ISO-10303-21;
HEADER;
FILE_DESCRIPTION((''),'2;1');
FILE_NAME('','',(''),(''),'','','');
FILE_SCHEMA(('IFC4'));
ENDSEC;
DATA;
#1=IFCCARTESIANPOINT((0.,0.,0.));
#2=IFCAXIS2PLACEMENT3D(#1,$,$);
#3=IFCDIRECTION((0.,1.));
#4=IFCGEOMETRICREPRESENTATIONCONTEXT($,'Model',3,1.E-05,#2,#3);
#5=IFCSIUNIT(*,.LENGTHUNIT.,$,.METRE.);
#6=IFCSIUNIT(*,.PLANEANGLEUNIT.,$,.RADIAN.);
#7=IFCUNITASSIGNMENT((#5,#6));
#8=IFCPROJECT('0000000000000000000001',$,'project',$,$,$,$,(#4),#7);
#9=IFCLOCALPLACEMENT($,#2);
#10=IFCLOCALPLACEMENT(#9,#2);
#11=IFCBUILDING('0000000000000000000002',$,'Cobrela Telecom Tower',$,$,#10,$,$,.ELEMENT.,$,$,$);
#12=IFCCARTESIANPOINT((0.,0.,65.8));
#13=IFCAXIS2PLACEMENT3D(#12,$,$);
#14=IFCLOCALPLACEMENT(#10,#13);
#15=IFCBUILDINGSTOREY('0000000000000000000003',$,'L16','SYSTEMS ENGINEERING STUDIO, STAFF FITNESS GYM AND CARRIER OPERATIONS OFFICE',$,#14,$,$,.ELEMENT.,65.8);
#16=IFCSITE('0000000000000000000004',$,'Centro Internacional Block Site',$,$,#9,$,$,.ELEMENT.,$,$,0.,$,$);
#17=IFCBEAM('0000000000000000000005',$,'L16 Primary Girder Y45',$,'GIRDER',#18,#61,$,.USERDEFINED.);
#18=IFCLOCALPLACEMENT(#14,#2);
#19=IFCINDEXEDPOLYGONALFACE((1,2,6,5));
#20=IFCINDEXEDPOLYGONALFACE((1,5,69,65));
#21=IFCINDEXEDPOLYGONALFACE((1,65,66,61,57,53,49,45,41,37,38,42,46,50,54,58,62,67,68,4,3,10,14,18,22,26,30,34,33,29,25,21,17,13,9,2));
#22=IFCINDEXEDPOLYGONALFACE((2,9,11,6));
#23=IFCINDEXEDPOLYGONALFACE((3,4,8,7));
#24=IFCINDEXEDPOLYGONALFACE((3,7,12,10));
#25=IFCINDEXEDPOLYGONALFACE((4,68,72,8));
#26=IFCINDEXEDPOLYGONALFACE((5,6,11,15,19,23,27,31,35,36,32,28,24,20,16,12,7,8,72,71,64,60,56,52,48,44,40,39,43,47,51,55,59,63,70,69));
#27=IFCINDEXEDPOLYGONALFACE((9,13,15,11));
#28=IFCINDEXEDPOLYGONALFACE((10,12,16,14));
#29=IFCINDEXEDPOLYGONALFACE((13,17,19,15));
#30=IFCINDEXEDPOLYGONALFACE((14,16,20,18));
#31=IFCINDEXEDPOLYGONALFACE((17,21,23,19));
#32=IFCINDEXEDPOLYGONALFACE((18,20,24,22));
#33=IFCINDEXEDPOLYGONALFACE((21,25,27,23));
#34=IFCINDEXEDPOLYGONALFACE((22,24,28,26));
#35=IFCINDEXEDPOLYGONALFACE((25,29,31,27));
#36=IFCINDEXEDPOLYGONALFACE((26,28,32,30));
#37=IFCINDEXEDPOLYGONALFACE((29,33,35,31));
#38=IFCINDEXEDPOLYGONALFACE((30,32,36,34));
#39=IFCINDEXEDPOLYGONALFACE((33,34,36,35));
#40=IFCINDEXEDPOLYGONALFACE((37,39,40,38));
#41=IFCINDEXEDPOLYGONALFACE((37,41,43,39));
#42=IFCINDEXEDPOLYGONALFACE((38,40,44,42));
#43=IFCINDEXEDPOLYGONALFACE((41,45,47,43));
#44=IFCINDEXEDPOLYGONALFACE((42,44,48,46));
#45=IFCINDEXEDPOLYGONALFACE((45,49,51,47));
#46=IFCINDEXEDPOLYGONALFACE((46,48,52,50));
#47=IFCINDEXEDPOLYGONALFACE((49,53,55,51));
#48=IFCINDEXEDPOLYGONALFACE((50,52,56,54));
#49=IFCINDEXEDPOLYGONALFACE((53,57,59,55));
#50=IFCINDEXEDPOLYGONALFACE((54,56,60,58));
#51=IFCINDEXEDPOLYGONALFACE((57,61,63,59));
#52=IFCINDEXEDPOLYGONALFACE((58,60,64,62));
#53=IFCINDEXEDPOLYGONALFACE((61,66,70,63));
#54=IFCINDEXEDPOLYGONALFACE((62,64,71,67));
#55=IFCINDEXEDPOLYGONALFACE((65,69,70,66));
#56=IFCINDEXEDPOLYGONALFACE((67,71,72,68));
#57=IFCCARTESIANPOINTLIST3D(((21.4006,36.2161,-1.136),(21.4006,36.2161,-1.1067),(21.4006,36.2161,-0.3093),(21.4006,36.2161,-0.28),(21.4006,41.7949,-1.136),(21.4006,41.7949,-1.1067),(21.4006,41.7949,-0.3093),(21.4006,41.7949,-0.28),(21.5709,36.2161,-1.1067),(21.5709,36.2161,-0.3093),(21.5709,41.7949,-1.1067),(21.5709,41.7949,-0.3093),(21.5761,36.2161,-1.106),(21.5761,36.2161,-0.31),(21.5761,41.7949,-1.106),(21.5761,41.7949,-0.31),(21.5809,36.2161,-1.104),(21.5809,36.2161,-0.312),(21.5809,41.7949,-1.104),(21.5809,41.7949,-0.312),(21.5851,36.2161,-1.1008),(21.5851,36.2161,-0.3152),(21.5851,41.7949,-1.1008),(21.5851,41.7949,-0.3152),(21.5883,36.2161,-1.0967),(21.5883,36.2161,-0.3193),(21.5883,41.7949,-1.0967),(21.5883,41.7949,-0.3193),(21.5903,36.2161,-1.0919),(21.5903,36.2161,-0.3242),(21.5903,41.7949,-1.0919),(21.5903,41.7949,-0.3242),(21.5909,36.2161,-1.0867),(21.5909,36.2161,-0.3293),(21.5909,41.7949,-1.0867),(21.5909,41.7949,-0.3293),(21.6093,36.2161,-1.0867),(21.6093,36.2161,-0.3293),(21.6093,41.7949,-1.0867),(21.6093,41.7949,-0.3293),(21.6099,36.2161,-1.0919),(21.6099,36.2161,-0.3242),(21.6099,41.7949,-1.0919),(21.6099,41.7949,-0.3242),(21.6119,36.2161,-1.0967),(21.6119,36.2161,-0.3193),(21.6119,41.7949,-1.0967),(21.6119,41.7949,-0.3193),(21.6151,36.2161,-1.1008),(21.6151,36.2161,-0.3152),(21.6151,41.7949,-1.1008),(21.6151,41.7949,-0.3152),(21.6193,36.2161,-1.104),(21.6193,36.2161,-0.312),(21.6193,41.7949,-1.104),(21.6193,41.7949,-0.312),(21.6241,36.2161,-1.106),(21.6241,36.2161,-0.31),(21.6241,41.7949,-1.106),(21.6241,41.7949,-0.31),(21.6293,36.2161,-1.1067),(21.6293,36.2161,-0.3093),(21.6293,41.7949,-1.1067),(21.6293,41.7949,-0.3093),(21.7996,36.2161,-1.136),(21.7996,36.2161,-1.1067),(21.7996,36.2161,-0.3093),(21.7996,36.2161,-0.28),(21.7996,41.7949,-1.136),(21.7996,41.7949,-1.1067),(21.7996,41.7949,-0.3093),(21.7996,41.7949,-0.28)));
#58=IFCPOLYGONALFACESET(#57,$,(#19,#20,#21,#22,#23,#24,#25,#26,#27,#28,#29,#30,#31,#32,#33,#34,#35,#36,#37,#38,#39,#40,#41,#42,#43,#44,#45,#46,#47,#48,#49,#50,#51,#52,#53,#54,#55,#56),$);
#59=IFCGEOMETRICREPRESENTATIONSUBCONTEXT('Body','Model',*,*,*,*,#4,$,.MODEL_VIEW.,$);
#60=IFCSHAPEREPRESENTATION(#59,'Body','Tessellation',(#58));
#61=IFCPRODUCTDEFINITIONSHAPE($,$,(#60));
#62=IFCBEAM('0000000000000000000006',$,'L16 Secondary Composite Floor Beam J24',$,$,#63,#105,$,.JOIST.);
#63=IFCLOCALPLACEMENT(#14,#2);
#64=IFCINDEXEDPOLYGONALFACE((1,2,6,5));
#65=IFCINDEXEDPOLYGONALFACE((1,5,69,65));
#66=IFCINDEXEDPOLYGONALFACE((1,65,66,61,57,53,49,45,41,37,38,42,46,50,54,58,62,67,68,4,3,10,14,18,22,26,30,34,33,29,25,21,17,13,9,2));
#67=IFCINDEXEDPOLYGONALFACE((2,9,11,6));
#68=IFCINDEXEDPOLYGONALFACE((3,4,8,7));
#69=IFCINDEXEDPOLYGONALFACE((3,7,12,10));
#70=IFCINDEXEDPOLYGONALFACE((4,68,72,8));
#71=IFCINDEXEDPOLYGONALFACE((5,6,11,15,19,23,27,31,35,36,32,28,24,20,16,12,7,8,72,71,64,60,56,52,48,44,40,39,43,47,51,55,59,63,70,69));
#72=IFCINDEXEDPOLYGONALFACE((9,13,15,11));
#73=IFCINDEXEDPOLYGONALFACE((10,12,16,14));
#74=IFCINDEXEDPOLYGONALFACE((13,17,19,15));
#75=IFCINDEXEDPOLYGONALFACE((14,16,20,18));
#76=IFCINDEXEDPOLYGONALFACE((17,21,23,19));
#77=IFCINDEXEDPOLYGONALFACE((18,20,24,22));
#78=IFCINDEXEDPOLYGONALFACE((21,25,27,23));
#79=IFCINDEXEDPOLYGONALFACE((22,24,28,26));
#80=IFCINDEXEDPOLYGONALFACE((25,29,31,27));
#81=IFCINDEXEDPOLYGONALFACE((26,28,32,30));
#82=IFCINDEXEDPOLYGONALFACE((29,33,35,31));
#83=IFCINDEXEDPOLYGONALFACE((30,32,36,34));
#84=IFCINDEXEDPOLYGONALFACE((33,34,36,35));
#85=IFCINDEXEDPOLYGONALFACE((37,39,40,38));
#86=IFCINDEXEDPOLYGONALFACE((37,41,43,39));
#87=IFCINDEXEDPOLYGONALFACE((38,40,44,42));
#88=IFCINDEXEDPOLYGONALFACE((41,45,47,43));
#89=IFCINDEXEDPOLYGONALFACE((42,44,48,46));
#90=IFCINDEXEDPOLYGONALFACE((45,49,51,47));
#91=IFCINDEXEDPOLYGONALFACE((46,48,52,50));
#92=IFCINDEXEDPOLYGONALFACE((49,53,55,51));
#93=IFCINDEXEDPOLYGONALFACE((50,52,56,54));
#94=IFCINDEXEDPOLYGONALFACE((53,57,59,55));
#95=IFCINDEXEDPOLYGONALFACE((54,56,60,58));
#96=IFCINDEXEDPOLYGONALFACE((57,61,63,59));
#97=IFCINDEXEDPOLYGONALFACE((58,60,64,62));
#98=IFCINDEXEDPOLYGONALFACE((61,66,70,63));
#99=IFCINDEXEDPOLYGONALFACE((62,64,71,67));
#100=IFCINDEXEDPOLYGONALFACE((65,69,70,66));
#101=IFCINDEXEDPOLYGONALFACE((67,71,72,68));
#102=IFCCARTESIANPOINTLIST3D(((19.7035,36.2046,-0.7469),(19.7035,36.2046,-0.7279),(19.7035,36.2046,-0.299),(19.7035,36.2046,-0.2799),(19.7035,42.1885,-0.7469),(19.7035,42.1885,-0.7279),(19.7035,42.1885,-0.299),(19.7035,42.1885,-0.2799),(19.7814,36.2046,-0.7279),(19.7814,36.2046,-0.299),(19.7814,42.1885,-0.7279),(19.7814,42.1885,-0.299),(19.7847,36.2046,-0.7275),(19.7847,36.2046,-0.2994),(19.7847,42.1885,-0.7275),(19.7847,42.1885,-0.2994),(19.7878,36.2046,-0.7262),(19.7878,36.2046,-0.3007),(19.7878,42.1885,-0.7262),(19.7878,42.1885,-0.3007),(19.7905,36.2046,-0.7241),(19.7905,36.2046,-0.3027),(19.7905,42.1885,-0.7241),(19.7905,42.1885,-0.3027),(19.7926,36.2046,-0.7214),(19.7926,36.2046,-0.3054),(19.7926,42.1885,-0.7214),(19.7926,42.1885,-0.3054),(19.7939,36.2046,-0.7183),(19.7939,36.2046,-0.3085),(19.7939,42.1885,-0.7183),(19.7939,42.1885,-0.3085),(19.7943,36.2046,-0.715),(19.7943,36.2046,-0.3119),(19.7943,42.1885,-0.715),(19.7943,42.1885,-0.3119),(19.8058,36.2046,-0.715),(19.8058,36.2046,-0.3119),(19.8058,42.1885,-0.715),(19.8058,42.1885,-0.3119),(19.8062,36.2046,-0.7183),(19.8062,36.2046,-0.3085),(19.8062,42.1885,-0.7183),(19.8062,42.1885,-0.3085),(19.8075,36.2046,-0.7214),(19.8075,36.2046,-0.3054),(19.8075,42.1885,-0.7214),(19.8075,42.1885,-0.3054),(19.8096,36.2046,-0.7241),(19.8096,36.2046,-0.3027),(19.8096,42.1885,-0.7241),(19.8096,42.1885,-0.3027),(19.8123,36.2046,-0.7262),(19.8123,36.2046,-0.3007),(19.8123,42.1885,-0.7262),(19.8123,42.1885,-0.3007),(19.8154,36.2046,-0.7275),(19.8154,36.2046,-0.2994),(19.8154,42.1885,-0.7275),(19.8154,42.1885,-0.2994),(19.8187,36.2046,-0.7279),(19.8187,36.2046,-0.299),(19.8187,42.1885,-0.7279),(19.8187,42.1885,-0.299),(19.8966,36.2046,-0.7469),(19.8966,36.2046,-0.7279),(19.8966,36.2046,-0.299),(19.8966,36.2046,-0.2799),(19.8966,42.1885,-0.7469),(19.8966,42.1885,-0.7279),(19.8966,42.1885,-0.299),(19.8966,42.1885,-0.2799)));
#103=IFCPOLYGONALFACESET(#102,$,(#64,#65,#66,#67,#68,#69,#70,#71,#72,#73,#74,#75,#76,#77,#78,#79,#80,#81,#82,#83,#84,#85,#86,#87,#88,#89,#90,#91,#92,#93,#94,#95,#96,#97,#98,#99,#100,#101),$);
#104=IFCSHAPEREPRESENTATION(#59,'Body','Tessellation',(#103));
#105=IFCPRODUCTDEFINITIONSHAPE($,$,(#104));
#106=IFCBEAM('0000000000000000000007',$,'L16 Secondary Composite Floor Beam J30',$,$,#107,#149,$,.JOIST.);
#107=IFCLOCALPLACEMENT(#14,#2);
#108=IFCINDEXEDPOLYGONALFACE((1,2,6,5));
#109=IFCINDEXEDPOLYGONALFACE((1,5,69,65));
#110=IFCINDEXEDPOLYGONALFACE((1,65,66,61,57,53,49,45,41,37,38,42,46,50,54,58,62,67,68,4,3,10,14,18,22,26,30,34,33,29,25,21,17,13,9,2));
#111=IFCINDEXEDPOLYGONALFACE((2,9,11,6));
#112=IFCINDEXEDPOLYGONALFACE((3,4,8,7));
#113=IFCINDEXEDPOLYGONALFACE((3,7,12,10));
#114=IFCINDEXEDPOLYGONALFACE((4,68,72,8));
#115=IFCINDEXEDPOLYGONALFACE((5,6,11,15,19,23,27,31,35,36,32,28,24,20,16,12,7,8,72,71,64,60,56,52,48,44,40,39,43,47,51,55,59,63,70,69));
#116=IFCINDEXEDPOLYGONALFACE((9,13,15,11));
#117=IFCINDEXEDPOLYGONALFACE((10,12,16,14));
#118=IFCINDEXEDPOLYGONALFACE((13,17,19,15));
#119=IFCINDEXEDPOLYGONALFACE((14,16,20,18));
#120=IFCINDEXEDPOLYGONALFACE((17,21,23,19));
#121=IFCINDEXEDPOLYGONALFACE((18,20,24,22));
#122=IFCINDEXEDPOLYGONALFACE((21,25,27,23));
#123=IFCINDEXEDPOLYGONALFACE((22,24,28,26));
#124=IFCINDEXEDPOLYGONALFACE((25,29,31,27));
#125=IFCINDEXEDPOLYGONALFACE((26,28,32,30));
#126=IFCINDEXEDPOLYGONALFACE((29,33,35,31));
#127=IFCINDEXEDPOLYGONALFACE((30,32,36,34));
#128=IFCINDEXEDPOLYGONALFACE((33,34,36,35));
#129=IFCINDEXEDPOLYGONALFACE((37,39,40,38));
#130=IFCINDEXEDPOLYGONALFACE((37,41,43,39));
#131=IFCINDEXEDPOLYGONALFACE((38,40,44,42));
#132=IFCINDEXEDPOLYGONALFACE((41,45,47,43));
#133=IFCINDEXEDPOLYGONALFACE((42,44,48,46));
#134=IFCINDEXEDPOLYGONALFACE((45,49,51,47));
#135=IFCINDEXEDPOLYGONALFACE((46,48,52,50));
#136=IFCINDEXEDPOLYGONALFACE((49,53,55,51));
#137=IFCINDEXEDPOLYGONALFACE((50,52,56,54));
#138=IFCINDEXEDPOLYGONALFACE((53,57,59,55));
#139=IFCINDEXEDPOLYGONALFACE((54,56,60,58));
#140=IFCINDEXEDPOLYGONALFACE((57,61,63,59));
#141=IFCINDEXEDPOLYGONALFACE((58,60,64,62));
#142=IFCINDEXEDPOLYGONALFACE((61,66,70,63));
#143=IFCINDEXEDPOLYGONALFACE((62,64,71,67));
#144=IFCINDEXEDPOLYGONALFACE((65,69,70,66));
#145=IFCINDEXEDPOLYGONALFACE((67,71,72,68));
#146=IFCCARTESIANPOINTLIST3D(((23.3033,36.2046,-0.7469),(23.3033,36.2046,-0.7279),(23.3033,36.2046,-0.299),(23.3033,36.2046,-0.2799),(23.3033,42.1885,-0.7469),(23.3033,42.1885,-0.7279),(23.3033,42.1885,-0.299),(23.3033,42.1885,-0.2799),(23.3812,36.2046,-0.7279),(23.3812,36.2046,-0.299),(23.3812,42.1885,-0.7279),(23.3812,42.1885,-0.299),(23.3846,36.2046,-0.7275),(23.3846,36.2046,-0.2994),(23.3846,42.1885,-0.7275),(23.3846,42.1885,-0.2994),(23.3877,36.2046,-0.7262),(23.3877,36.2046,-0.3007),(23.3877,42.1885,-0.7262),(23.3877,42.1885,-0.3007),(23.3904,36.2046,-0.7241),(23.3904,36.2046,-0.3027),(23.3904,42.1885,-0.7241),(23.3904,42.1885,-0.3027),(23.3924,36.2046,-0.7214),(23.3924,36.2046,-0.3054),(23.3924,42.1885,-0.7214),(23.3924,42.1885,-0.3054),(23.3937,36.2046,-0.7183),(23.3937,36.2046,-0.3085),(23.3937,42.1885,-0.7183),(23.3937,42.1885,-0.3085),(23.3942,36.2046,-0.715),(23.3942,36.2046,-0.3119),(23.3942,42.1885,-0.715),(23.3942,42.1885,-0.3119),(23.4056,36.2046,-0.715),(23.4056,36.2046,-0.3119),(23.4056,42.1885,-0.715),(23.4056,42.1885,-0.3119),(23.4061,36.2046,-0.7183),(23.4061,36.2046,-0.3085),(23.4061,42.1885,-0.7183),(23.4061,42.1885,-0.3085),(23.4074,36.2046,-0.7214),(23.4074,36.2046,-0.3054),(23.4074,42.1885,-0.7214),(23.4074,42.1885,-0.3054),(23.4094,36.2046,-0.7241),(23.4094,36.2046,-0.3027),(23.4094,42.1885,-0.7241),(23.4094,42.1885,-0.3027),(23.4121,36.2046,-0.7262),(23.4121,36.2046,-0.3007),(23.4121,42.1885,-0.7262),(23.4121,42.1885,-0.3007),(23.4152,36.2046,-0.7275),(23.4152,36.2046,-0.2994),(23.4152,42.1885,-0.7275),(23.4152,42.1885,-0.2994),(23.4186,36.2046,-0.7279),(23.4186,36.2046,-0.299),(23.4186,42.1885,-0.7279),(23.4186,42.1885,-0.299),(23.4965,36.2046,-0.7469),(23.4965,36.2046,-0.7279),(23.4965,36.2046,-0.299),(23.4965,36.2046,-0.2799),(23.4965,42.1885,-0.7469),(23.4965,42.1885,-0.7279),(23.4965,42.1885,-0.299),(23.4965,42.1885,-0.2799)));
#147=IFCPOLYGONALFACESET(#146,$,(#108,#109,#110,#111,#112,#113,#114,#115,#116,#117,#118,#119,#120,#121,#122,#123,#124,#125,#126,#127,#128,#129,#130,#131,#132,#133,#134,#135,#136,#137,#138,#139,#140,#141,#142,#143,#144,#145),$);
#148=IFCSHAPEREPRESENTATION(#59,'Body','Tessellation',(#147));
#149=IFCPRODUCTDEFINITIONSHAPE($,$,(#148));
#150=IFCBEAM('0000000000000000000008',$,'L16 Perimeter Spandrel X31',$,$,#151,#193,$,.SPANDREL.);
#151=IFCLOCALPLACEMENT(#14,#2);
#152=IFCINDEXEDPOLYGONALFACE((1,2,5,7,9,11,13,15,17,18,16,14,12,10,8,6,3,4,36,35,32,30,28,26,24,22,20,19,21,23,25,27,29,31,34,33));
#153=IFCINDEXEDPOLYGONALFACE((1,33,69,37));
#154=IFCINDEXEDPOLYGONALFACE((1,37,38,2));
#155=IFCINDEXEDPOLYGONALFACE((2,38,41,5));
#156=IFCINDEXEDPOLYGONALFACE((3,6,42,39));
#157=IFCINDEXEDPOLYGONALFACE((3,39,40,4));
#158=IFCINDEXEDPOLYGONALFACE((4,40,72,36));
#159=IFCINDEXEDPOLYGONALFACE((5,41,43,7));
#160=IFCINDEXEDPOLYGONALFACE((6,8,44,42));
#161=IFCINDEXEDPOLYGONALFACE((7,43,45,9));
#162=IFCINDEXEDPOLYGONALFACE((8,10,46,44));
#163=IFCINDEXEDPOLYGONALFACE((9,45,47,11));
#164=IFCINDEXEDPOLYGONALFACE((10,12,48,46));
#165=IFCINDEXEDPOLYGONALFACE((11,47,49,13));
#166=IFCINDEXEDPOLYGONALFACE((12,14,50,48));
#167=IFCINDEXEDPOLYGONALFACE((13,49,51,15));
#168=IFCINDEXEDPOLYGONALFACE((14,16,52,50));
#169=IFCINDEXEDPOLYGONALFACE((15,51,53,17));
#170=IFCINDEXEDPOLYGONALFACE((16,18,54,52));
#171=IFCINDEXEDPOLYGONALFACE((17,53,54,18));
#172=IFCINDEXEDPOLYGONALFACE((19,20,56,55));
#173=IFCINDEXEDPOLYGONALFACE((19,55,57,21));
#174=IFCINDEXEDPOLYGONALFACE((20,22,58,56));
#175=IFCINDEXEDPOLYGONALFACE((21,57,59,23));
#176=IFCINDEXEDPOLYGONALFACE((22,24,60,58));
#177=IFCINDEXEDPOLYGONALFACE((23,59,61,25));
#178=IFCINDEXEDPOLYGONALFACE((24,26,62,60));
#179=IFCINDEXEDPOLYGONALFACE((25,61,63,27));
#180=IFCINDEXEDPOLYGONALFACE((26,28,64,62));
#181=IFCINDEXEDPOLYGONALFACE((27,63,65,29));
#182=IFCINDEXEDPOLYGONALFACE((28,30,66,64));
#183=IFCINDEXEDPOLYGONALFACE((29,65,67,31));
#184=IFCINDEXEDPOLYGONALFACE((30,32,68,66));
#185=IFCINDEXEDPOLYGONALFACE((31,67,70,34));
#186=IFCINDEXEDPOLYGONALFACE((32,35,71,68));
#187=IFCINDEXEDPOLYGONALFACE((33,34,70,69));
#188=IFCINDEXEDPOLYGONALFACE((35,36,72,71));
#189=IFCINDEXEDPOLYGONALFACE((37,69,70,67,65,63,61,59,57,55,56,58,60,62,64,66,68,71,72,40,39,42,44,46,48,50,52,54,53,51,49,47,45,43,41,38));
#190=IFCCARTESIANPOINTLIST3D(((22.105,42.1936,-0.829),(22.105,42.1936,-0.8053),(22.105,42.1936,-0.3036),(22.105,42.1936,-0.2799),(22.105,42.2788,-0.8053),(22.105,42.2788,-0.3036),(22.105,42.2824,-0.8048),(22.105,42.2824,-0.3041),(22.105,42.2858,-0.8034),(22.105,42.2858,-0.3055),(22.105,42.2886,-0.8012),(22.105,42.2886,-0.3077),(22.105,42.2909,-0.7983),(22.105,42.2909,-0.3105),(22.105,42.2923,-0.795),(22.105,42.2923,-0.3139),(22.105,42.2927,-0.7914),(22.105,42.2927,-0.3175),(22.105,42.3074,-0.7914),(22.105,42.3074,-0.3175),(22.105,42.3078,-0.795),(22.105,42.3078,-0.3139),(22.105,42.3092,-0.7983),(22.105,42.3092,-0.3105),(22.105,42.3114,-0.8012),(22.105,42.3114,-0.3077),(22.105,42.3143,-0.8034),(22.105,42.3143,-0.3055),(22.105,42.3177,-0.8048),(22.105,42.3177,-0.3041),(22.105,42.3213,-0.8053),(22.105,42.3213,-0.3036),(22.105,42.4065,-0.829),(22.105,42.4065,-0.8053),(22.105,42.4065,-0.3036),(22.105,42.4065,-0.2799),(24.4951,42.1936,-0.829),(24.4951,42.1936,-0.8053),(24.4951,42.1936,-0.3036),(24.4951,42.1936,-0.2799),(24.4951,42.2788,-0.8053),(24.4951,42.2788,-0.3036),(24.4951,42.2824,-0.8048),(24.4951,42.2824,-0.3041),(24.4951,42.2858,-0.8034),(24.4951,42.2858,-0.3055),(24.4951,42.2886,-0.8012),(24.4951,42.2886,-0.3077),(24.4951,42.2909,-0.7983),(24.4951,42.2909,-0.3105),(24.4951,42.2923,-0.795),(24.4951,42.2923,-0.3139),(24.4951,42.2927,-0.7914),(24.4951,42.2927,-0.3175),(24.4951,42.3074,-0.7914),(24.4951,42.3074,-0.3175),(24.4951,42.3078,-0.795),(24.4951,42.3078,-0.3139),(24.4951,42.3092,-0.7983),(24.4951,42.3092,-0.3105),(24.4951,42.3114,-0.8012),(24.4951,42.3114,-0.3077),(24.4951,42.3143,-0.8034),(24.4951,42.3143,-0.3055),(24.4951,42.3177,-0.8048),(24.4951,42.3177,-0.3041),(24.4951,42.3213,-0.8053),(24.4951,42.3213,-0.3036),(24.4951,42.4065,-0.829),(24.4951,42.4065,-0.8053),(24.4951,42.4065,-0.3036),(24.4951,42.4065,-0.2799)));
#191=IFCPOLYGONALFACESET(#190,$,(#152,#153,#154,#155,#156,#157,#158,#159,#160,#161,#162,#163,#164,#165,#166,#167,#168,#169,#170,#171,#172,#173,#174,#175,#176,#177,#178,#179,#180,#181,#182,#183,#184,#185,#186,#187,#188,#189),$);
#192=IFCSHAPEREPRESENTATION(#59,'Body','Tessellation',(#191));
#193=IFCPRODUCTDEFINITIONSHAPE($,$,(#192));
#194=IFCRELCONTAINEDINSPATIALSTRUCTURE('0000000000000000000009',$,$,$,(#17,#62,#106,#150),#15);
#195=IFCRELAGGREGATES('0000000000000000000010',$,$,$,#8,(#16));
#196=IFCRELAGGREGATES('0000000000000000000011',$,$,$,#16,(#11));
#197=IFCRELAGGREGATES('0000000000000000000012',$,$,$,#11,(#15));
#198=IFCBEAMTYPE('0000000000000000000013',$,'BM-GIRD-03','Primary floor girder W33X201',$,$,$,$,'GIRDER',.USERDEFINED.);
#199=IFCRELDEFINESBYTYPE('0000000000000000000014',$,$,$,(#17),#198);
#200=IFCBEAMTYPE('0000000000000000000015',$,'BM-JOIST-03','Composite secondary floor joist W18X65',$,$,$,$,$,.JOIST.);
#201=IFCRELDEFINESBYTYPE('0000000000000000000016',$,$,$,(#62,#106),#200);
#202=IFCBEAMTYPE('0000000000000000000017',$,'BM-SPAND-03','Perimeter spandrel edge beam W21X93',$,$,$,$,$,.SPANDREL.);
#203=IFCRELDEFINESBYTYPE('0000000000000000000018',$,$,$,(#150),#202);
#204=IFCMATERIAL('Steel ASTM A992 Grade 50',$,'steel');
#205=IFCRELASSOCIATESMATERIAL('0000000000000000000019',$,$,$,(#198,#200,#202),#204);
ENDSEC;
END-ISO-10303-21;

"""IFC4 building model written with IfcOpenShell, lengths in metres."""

from ifc_helpers import new_model, si_unit, direction, frame, origin, origin_2d, place, context, subcontext, project, spatial, i_section, extrude, material, material_profile, profile_set, type_object, element, save


model = new_model("IFC4")

# Units and contexts
model_context = context("Model", 3, precision=1e-05, world=origin(), true_north=direction((0.0, 1.0)))
body_context = subcontext(model_context, "Body", "Model", "MODEL_VIEW")
ifc_project = project(units=[si_unit("LENGTHUNIT", "METRE"), si_unit("PLANEANGLEUNIT", "RADIAN")], contexts=[model_context])

# Site, building, storey
site_placement = place(None, origin())
site = spatial("IfcSite", under=ifc_project, at=site_placement, Name="Centro Internacional Block Site", CompositionType="ELEMENT", RefElevation=0.0)
building_placement = place(site_placement, origin())
building = spatial("IfcBuilding", under=site, at=building_placement, Name="Cobrela Telecom Tower", CompositionType="ELEMENT")
storey_placement = place(building_placement, frame((0.0, 0.0, 65.8)))
storey = spatial("IfcBuildingStorey", under=building, at=storey_placement, Name="L16", Description="SYSTEMS ENGINEERING STUDIO, STAFF FITNESS GYM AND CARRIER OPERATIONS OFFICE", CompositionType="ELEMENT", Elevation=65.8)

# Shared definitions
ifc_material_1 = material(Name="Steel ASTM A992 Grade 50", Category="steel")

# Beams
ifc_material_profile_1 = material_profile(ifc_material_1, i_section(OverallWidth=0.3989, OverallDepth=0.856, WebThickness=0.0183, FlangeThickness=0.0293, FilletRadius=0.02, at=origin_2d()), Name="W33X201")
ifc_profile_set_1 = profile_set([ifc_material_profile_1], Name="Steel ASTM A992 Grade 50")
beam_type_1 = type_object("IfcBeamType", Name="BM-GIRD-03", Description="Primary floor girder W33X201", ElementType="GIRDER", PredefinedType="USERDEFINED", material=ifc_profile_set_1)
beam_1_placement = place(storey_placement, frame((21.6001, 36.2161, -0.708), z_axis=(0.0, 1.0, 0.0), x_axis=(-1.0, 0.0, 0.0)))
element("IfcBeam", 1, at=beam_1_placement, inside=storey, type_object=beam_type_1, Name="L16 Primary Girder Y45", ObjectType="GIRDER", PredefinedType="USERDEFINED", context=body_context, shape_type="SweptSolid", body=[
    extrude(i_section(OverallWidth=0.3989, OverallDepth=0.856, WebThickness=0.0183, FlangeThickness=0.0293, FilletRadius=0.02, at=origin_2d()), origin(), (0.0, 0.0, 1.0), 5.5789),
])
ifc_material_profile_2 = material_profile(ifc_material_1, i_section(OverallWidth=0.1931, OverallDepth=0.467, WebThickness=0.0115, FlangeThickness=0.019, FilletRadius=0.0129, at=origin_2d()), Name="W18X65")
ifc_profile_set_2 = profile_set([ifc_material_profile_2], Name="Steel ASTM A992 Grade 50")
beam_type_2 = type_object("IfcBeamType", Name="BM-JOIST-03", Description="Composite secondary floor joist W18X65", PredefinedType="JOIST", material=ifc_profile_set_2)
for number, where, z_axis, x_axis, name in (
    (2, (19.8, 36.2046, -0.5134), (0.0, 1.0, 0.0), (-1.0, 0.0, 0.0), "L16 Secondary Composite Floor Beam J24"),
    (3, (23.3999, 36.2046, -0.5134), (0.0, 1.0, 0.0), (-1.0, 0.0, 0.0), "L16 Secondary Composite Floor Beam J30"),
):
    element("IfcBeam", number, at=place(storey_placement, frame(where, z_axis=z_axis, x_axis=x_axis)), inside=storey, type_object=beam_type_2, Name=name, PredefinedType="JOIST", context=body_context, shape_type="SweptSolid", body=[
        extrude(i_section(OverallWidth=0.1931, OverallDepth=0.467, WebThickness=0.0115, FlangeThickness=0.019, FilletRadius=0.0129, at=origin_2d()), origin(), (0.0, 0.0, 1.0), 5.9839),
    ])
ifc_material_profile_3 = material_profile(ifc_material_1, i_section(OverallWidth=0.2129, OverallDepth=0.5491, WebThickness=0.0146, FlangeThickness=0.0237, FilletRadius=0.0139, at=origin_2d()), Name="W21X93")
ifc_profile_set_3 = profile_set([ifc_material_profile_3], Name="Steel ASTM A992 Grade 50")
beam_type_3 = type_object("IfcBeamType", Name="BM-SPAND-03", Description="Perimeter spandrel edge beam W21X93", PredefinedType="SPANDREL", material=ifc_profile_set_3)
beam_2_placement = place(storey_placement, frame((22.105, 42.3, -0.5544), z_axis=(1.0, 0.0, 0.0), x_axis=(0.0, 1.0, 0.0)))
element("IfcBeam", 4, at=beam_2_placement, inside=storey, type_object=beam_type_3, Name="L16 Perimeter Spandrel X31", PredefinedType="SPANDREL", context=body_context, shape_type="SweptSolid", body=[
    extrude(i_section(OverallWidth=0.2129, OverallDepth=0.5491, WebThickness=0.0146, FlangeThickness=0.0237, FilletRadius=0.0139, at=origin_2d()), origin(), (0.0, 0.0, 1.0), 2.3901),
])

save(model, "model.ifc")
